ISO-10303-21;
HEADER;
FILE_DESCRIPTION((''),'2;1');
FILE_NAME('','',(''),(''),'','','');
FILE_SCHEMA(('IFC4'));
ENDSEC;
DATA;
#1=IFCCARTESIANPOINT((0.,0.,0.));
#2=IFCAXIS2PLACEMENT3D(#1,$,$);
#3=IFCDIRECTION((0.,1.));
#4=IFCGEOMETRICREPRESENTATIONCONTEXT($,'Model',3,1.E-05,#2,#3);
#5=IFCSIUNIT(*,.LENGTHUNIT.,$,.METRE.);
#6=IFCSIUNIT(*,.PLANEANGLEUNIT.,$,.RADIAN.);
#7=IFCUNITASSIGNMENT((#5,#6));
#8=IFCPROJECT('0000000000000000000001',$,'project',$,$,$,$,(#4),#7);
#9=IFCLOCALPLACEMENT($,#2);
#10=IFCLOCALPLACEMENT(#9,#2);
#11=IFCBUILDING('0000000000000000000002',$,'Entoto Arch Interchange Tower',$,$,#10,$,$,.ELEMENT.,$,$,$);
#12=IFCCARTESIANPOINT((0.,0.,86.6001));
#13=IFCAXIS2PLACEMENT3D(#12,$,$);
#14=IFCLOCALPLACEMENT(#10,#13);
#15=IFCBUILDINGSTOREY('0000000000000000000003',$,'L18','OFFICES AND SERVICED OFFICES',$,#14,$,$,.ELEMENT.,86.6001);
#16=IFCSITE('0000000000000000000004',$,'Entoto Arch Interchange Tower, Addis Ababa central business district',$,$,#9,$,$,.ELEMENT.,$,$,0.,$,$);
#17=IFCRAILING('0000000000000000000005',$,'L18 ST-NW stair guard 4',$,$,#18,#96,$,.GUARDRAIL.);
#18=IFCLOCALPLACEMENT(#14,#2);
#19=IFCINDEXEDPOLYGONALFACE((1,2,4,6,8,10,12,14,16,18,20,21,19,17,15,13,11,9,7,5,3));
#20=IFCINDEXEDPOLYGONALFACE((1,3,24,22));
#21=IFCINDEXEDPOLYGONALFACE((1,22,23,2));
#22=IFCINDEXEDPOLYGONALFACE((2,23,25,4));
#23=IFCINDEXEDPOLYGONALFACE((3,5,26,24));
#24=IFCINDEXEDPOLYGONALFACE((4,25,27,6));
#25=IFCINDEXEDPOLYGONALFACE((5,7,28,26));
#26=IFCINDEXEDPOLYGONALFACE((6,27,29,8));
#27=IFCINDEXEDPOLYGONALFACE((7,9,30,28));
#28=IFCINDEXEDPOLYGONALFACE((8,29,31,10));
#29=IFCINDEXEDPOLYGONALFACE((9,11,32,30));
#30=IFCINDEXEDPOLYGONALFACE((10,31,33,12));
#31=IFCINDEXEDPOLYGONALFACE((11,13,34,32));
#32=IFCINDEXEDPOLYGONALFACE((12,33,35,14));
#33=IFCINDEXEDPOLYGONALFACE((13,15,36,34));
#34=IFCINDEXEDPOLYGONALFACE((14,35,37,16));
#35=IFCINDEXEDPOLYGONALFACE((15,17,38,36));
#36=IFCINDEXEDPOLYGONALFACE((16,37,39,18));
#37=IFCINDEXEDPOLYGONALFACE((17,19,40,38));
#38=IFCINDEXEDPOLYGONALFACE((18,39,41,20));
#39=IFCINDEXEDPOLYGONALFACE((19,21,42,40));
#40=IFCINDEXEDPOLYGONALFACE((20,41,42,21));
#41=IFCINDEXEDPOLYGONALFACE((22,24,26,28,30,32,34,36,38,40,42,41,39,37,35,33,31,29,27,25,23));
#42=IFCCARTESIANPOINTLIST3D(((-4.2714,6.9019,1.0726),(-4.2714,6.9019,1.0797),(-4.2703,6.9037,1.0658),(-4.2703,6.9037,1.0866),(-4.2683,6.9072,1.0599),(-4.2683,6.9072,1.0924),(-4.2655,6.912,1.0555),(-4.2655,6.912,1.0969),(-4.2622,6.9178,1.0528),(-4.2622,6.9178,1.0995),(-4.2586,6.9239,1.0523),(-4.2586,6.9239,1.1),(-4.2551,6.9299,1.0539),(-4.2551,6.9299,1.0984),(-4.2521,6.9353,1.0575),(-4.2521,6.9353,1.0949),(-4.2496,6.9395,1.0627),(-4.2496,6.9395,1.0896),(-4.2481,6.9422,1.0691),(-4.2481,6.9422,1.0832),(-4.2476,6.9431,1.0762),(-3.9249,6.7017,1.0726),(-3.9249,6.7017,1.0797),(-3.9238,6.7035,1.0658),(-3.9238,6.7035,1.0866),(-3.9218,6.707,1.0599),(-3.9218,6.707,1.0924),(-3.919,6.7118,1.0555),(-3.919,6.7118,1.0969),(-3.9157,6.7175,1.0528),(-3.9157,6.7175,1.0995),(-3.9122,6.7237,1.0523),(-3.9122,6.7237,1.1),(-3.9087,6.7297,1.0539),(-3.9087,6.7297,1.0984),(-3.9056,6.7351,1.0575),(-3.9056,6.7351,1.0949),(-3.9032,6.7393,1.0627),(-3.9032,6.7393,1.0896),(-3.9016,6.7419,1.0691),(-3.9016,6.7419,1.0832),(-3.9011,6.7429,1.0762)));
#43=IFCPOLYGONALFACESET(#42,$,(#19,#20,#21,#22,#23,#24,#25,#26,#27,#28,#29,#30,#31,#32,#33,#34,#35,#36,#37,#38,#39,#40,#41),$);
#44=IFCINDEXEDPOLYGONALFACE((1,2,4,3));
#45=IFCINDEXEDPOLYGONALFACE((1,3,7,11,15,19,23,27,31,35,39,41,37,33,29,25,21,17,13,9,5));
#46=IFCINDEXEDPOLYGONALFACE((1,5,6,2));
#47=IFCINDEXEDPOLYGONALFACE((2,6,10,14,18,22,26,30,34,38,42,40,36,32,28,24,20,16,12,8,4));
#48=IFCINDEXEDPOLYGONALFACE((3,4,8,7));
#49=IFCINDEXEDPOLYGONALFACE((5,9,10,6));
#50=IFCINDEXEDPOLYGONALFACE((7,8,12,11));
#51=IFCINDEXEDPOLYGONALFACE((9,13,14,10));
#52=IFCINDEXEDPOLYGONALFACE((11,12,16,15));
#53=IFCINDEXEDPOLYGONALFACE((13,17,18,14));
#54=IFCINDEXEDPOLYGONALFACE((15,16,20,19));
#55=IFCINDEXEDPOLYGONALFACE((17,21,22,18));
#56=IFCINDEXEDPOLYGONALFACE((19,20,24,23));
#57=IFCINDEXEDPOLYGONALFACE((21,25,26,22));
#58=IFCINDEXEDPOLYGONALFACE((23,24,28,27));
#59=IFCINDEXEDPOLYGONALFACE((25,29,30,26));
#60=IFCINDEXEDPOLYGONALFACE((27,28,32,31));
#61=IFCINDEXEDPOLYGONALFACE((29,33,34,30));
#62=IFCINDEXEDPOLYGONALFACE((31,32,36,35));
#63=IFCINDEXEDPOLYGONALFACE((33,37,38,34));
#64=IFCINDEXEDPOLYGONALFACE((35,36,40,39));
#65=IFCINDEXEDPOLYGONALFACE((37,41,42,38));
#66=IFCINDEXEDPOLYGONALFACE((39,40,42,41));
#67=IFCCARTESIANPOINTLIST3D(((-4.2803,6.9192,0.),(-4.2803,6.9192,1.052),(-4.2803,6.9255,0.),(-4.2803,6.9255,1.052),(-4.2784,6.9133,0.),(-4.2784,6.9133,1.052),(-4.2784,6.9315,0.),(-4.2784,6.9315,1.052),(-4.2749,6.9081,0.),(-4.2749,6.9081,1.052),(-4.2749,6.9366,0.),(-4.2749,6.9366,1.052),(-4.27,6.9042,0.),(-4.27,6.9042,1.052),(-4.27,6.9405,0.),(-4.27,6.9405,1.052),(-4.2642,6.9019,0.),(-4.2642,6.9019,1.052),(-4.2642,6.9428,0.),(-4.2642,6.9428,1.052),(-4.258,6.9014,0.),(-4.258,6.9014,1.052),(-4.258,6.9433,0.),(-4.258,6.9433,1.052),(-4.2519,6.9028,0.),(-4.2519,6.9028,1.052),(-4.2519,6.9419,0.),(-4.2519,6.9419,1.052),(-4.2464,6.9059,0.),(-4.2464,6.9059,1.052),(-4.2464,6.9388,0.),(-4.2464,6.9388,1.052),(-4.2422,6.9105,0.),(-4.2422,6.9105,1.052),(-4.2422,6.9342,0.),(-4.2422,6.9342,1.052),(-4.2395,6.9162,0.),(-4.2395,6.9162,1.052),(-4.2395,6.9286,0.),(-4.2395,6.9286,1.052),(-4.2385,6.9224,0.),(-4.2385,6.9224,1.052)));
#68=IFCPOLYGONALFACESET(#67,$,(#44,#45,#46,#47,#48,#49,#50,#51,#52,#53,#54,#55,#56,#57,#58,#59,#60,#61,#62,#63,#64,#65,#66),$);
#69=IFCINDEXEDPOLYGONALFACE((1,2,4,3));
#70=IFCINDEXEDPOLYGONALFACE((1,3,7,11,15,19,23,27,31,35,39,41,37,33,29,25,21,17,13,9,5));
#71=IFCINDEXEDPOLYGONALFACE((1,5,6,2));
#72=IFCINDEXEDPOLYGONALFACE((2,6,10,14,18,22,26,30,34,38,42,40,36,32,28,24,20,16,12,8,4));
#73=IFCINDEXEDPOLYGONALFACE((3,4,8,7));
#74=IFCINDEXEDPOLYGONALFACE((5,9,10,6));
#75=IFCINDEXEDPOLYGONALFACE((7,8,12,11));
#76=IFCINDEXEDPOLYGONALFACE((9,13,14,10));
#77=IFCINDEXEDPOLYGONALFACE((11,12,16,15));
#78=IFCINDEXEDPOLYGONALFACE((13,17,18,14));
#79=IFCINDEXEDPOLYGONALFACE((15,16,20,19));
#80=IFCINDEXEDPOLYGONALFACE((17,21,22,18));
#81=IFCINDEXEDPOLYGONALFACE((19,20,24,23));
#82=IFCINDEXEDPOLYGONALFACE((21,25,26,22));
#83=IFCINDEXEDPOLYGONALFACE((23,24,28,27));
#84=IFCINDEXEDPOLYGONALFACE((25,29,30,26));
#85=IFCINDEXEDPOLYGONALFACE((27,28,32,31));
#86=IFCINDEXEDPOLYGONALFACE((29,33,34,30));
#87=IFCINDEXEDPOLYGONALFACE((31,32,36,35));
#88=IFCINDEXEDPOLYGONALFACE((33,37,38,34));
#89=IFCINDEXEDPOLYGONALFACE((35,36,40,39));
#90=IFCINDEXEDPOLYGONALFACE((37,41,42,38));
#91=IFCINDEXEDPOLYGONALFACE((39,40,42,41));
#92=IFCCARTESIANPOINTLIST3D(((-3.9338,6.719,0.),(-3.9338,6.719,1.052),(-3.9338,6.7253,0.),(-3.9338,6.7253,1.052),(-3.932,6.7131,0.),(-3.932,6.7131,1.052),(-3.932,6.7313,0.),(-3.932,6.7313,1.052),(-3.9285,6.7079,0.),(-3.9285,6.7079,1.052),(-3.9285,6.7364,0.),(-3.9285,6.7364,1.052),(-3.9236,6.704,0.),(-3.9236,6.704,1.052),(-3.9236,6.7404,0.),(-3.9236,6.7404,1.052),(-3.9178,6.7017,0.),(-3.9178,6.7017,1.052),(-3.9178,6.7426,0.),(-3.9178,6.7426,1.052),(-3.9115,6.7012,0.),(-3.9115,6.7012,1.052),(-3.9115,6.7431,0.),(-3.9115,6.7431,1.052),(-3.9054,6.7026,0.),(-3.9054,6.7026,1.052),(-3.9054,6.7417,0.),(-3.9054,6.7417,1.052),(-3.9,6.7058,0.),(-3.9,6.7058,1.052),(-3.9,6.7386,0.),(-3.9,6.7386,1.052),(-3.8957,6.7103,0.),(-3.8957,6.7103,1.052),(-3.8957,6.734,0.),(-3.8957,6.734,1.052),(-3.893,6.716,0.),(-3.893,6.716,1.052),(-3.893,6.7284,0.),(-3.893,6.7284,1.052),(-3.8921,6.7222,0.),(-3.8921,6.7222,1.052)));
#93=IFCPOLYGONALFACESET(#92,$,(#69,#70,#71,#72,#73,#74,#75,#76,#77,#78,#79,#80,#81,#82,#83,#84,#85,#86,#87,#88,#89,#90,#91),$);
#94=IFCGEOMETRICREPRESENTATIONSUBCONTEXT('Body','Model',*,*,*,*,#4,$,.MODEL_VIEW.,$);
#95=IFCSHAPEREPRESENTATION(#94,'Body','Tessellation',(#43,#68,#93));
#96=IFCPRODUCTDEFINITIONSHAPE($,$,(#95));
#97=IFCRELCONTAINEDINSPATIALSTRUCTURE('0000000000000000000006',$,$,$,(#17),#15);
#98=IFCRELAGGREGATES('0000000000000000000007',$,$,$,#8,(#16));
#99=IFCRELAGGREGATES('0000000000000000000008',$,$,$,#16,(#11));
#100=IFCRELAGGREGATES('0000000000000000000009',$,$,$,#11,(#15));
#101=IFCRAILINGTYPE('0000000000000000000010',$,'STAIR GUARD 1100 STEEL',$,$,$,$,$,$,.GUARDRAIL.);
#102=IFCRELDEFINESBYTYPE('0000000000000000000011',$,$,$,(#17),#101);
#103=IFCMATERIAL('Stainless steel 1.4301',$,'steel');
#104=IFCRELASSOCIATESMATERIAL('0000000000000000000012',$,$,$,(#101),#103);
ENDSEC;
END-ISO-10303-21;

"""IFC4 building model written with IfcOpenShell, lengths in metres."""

from ifc_helpers import new_model, si_unit, direction, frame, origin, origin_2d, place, context, subcontext, project, spatial, circle, extrude, material, type_object, element, save


model = new_model("IFC4")

# Units and contexts
model_context = context("Model", 3, precision=1e-05, world=origin(), true_north=direction((0.0, 1.0)))
body_context = subcontext(model_context, "Body", "Model", "MODEL_VIEW")
ifc_project = project(units=[si_unit("LENGTHUNIT", "METRE"), si_unit("PLANEANGLEUNIT", "RADIAN")], contexts=[model_context])

# Site, building, storey
site_placement = place(None, origin())
site = spatial("IfcSite", under=ifc_project, at=site_placement, Name="Entoto Arch Interchange Tower, Addis Ababa central business district", CompositionType="ELEMENT", RefElevation=0.0)
building_placement = place(site_placement, origin())
building = spatial("IfcBuilding", under=site, at=building_placement, Name="Entoto Arch Interchange Tower", CompositionType="ELEMENT")
storey_placement = place(building_placement, frame((0.0, 0.0, 86.6001)))
storey = spatial("IfcBuildingStorey", under=building, at=storey_placement, Name="L18", Description="OFFICES AND SERVICED OFFICES", CompositionType="ELEMENT", Elevation=86.6001)

# Railing
ifc_material_1 = material(Name="Stainless steel 1.4301", Category="steel")
railing_type_1 = type_object("IfcRailingType", Name="STAIR GUARD 1100 STEEL", PredefinedType="GUARDRAIL", material=ifc_material_1)
railing_1_placement = place(storey_placement, frame((-4.2595, 6.9224, 0.0)))
element("IfcRailing", 1, at=railing_1_placement, inside=storey, type_object=railing_type_1, Name="L18 ST-NW stair guard 4", PredefinedType="GUARDRAIL", context=body_context, shape_type="SweptSolid", body=[
    extrude(circle(Radius=0.0239, at=origin_2d()), frame((0.0, 0.0, 1.0762), z_axis=(0.86583, -0.500339, 0.0), x_axis=(0.500339, 0.86583, 0.0)), (0.0, 0.0, 1.0), 0.4001),
    extrude(circle(Radius=0.021, at=origin_2d()), origin(), (0.0, 0.0, 1.0), 1.052),
    extrude(circle(Radius=0.021, at=origin_2d()), frame((0.3464, -0.2002, 0.0)), (0.0, 0.0, 1.0), 1.052),
])

save(model, "model.ifc")
